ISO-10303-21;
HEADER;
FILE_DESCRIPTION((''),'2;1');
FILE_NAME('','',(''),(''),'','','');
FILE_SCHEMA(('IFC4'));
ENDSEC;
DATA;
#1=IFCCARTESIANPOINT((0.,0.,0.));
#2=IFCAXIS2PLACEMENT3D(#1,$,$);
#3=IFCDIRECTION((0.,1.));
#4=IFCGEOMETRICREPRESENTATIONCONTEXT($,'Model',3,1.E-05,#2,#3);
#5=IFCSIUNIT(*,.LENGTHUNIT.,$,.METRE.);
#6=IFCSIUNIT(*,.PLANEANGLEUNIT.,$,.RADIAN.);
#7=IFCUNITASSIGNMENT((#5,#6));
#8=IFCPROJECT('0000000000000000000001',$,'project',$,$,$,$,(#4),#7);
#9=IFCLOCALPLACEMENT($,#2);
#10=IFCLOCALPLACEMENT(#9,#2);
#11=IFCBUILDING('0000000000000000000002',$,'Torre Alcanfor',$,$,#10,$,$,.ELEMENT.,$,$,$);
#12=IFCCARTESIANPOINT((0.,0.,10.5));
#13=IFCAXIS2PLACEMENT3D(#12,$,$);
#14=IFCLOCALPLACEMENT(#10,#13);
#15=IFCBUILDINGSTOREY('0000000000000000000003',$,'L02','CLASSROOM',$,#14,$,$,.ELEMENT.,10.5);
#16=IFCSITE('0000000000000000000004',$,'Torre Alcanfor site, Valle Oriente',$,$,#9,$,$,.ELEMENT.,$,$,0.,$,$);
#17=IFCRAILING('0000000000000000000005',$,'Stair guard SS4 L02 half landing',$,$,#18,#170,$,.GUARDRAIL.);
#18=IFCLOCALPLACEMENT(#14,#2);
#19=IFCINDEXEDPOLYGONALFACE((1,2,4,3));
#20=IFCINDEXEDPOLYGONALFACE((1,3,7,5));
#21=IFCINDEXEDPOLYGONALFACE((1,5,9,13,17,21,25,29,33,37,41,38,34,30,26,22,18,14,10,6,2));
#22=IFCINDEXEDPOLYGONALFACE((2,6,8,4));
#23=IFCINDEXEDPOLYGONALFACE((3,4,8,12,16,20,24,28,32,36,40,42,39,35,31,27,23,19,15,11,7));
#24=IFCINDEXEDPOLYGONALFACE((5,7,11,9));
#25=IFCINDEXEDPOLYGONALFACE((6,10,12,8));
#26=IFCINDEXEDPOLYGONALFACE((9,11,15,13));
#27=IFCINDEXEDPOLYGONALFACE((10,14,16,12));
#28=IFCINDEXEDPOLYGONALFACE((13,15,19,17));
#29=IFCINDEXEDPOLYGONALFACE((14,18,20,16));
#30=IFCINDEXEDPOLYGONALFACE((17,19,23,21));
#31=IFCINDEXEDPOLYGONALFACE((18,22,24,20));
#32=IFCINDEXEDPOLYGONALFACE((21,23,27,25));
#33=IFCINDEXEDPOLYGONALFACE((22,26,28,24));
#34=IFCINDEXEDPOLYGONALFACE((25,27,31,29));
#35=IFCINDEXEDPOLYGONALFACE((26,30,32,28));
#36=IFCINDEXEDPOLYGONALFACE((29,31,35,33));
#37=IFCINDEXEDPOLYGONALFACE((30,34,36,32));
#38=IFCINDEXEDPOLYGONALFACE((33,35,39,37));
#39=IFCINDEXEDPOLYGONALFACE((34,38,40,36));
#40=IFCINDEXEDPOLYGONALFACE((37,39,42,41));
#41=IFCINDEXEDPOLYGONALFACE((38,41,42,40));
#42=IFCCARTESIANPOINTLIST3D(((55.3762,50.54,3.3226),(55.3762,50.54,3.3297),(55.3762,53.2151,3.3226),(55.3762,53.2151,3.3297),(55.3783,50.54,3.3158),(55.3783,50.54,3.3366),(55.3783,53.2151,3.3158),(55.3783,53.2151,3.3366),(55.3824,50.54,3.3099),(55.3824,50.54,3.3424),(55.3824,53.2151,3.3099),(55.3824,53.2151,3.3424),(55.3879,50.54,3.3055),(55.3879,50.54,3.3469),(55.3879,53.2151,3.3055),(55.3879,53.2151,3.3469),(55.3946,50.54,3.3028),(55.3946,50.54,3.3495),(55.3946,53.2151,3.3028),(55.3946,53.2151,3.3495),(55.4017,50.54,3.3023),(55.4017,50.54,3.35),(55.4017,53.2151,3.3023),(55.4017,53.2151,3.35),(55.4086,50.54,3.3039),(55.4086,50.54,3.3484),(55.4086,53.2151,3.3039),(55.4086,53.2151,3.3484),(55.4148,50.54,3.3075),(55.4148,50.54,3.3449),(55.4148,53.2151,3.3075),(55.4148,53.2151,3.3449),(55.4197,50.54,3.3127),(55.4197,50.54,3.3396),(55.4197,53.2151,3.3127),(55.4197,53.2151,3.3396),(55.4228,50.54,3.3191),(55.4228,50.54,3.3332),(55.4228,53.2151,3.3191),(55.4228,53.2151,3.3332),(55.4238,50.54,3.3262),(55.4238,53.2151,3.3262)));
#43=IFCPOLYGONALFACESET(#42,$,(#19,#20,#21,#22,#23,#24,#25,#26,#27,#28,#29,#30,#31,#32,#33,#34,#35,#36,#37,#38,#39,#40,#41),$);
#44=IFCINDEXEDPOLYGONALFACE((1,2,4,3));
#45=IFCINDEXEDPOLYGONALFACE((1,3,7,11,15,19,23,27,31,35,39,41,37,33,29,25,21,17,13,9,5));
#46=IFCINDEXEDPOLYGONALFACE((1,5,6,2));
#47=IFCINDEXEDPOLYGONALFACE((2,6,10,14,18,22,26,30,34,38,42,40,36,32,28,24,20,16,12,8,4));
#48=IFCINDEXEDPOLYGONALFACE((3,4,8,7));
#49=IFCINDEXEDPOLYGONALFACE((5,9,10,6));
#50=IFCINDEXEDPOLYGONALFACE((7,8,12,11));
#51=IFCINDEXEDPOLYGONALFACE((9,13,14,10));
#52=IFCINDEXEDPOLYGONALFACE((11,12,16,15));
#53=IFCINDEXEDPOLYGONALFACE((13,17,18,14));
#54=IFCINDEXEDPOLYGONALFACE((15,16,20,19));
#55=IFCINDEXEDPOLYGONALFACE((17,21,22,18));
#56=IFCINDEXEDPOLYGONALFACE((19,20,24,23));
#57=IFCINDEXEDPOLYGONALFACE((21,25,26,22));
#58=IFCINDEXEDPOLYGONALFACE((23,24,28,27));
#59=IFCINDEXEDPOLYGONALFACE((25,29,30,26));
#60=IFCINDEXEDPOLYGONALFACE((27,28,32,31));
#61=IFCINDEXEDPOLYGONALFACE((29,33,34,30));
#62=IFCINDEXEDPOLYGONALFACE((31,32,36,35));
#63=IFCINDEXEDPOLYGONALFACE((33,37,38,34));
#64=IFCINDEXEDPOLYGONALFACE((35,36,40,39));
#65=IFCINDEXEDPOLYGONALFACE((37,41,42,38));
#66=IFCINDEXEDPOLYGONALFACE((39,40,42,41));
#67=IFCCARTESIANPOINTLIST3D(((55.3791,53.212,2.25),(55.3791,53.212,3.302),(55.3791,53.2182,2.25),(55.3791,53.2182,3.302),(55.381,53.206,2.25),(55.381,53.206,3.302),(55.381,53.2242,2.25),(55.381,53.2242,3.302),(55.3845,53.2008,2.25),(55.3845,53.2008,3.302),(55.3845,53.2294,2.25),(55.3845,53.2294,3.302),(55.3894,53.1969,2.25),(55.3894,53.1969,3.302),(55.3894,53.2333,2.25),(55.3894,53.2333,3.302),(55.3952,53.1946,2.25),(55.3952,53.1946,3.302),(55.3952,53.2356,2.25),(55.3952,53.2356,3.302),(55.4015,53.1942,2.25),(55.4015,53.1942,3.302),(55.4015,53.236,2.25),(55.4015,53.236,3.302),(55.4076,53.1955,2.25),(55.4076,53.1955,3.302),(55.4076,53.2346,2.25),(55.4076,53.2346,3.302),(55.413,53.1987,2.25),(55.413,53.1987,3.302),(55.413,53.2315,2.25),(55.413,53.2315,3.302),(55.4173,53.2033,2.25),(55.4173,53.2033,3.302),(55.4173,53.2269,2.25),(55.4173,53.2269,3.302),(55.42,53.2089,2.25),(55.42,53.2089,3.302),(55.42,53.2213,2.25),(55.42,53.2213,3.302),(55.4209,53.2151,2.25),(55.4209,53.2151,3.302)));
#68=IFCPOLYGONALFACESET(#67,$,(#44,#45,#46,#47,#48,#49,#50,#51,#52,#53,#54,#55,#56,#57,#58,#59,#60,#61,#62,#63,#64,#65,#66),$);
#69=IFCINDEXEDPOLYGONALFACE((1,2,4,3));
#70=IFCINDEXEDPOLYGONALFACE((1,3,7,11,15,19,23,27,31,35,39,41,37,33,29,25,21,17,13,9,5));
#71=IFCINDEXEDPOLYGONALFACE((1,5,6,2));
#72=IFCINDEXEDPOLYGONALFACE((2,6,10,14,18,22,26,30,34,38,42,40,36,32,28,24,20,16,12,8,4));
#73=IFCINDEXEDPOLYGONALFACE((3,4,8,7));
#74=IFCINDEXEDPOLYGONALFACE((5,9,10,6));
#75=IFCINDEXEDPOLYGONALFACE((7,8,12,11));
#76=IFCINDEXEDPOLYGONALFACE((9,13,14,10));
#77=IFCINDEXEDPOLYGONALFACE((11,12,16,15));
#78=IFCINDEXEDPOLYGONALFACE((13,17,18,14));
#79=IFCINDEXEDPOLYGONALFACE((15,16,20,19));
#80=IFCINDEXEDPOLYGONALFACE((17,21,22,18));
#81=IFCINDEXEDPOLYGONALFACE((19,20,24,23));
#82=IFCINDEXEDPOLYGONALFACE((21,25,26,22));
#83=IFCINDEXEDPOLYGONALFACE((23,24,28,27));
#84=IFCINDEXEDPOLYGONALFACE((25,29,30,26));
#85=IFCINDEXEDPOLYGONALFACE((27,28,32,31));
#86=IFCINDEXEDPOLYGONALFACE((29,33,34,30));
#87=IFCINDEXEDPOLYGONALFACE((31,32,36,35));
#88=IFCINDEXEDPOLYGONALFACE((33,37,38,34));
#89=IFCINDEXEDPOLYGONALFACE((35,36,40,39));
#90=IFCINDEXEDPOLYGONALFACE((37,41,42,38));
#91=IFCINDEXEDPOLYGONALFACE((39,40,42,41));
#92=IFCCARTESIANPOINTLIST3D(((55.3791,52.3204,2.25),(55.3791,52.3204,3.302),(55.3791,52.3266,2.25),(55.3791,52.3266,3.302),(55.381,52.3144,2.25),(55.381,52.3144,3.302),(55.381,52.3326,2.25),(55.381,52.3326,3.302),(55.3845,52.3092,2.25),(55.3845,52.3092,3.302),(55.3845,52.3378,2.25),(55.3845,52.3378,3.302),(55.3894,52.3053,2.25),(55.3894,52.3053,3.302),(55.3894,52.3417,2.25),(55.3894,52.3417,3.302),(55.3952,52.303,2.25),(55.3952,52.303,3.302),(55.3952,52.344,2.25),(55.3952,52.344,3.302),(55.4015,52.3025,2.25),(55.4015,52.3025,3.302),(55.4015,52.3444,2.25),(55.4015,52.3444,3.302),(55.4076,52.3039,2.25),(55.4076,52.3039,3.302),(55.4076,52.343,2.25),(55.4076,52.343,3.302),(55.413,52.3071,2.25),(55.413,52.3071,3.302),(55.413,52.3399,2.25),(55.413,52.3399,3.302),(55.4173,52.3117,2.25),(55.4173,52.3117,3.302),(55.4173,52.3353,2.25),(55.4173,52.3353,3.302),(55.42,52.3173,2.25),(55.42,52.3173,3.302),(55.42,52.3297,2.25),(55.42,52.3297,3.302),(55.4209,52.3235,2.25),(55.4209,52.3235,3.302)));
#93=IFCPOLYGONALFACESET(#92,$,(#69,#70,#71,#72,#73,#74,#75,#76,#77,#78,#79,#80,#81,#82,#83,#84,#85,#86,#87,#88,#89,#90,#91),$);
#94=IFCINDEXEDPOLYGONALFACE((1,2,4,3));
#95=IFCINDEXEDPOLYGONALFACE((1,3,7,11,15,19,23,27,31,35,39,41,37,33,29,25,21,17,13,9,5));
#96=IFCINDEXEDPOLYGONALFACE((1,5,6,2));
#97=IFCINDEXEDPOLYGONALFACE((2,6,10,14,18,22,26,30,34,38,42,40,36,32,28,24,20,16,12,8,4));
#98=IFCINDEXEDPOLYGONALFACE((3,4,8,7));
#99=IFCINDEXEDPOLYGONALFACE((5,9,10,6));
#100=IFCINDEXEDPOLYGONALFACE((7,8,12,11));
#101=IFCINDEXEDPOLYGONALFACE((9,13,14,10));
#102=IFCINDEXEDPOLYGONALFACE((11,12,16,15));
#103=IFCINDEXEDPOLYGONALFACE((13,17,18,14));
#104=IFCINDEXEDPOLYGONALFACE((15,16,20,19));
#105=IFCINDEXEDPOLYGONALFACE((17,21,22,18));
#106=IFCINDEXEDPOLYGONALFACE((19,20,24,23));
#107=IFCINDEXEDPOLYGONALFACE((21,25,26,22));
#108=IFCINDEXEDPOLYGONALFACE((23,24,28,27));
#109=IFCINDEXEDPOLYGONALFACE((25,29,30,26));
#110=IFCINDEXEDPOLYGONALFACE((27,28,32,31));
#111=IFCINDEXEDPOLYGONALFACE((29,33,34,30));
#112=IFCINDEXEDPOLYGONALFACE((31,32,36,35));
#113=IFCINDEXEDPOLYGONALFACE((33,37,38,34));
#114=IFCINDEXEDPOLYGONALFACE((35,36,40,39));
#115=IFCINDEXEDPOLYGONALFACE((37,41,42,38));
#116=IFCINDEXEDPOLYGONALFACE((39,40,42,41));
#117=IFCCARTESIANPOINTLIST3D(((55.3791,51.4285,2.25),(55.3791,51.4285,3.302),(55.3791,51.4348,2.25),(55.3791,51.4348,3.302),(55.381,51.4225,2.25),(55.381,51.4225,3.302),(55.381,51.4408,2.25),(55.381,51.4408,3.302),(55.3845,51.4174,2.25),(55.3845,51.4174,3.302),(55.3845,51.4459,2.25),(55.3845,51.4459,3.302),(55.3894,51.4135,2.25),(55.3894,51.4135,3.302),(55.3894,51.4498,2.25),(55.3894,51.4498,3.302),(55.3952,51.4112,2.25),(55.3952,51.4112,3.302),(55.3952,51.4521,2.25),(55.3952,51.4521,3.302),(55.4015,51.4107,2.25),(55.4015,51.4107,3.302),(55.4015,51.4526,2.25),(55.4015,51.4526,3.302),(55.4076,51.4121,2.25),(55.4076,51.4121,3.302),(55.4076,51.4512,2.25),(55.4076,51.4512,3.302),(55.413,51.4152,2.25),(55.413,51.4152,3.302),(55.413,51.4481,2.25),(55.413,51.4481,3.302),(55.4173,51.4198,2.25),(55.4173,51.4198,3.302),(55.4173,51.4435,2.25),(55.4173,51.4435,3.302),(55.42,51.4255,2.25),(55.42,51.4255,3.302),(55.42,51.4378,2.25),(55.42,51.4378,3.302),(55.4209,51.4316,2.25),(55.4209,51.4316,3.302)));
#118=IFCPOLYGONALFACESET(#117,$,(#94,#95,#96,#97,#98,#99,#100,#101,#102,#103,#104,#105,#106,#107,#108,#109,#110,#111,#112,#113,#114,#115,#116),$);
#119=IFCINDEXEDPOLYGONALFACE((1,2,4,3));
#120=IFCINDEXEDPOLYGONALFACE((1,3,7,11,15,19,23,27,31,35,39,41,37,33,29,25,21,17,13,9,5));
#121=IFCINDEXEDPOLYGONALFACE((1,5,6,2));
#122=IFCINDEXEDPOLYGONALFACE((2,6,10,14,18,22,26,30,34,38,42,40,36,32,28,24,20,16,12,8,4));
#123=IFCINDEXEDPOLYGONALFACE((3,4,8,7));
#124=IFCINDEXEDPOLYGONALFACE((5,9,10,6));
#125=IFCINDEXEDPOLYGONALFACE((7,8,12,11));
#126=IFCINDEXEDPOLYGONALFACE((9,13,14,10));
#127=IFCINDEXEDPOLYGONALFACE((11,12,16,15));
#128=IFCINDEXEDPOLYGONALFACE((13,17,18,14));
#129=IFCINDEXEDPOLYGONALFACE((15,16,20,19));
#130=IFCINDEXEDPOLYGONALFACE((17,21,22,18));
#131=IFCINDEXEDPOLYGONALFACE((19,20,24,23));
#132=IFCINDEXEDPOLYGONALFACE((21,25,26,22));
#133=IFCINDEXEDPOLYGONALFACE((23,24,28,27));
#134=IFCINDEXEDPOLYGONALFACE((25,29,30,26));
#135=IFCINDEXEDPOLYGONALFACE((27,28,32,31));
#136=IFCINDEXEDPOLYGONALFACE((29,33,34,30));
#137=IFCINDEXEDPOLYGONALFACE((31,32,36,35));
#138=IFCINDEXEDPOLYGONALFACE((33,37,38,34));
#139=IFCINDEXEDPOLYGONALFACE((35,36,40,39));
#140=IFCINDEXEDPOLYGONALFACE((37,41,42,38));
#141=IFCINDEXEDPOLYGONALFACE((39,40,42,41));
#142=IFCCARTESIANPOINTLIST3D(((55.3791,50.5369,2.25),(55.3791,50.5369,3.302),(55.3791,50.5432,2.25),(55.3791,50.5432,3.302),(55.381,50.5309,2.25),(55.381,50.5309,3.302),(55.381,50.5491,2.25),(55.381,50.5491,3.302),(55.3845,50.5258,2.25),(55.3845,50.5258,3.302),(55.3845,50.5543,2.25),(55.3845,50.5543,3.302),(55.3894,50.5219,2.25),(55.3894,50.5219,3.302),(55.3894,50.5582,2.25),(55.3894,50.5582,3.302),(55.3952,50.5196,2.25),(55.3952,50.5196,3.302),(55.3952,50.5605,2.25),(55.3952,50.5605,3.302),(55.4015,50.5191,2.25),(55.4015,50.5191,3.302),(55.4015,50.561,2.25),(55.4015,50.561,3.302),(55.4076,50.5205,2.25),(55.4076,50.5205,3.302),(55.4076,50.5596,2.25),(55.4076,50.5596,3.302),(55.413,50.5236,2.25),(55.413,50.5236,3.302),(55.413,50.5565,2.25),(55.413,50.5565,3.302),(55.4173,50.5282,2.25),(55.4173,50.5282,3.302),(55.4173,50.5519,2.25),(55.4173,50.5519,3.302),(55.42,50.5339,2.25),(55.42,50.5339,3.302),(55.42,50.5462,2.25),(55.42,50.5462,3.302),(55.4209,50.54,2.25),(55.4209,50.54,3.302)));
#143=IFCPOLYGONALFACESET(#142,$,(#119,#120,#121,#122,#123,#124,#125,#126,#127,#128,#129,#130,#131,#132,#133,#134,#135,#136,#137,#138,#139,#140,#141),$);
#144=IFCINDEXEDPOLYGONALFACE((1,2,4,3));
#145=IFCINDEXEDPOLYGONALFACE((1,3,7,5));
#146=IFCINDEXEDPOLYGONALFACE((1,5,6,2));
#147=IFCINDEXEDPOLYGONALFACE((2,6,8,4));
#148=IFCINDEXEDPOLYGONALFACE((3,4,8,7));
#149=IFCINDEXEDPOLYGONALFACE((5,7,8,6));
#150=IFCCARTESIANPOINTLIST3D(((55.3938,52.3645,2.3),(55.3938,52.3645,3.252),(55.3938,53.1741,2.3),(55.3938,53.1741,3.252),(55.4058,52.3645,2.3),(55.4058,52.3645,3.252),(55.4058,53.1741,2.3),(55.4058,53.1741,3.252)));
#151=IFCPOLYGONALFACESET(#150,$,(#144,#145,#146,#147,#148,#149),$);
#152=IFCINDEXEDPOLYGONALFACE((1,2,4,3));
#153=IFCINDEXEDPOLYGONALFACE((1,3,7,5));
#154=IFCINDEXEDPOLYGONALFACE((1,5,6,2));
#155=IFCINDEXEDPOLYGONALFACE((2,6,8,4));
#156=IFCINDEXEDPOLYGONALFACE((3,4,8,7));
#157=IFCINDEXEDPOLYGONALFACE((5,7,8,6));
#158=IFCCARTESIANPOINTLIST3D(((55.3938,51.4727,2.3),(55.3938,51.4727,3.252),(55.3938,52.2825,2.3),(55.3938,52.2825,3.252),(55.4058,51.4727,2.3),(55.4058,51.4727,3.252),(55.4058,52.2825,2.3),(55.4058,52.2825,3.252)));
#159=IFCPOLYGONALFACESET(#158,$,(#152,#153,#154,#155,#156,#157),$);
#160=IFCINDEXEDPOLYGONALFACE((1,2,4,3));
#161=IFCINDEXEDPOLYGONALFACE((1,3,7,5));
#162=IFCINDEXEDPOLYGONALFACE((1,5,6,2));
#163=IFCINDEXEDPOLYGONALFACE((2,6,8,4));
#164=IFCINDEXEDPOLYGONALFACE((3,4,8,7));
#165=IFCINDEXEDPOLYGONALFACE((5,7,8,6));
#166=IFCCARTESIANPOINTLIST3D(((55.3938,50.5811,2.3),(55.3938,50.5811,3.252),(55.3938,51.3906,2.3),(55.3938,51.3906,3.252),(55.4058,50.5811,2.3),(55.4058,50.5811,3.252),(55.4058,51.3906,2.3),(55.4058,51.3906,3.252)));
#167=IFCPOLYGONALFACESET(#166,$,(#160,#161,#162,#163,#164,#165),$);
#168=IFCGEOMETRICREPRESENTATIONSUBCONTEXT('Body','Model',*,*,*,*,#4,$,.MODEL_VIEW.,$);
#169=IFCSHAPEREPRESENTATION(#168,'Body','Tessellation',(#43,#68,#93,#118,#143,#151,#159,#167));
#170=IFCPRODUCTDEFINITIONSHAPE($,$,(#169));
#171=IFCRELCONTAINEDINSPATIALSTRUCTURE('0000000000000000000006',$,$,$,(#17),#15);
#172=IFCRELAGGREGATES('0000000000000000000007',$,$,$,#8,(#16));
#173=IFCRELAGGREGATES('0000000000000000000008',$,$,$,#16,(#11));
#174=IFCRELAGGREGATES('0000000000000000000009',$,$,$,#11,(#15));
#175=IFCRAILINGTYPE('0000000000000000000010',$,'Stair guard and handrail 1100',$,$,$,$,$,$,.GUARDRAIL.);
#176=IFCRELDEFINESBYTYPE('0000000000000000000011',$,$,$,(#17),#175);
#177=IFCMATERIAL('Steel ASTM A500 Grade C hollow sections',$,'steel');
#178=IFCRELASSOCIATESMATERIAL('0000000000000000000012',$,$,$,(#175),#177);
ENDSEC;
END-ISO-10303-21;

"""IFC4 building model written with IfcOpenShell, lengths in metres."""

from ifc_helpers import new_model, si_unit, direction, frame, origin, origin_2d, place, context, subcontext, project, spatial, polyline, circle, outline, extrude, material, type_object, element, save


model = new_model("IFC4")

# Units and contexts
model_context = context("Model", 3, precision=1e-05, world=origin(), true_north=direction((0.0, 1.0)))
body_context = subcontext(model_context, "Body", "Model", "MODEL_VIEW")
ifc_project = project(units=[si_unit("LENGTHUNIT", "METRE"), si_unit("PLANEANGLEUNIT", "RADIAN")], contexts=[model_context])

# Site, building, storey
site_placement = place(None, origin())
site = spatial("IfcSite", under=ifc_project, at=site_placement, Name="Torre Alcanfor site, Valle Oriente", CompositionType="ELEMENT", RefElevation=0.0)
building_placement = place(site_placement, origin())
building = spatial("IfcBuilding", under=site, at=building_placement, Name="Torre Alcanfor", CompositionType="ELEMENT")
storey_placement = place(building_placement, frame((0.0, 0.0, 10.5)))
storey = spatial("IfcBuildingStorey", under=building, at=storey_placement, Name="L02", Description="CLASSROOM", CompositionType="ELEMENT", Elevation=10.5)

# Railing
ifc_material_1 = material(Name="Steel ASTM A500 Grade C hollow sections", Category="steel")
railing_type_1 = type_object("IfcRailingType", Name="Stair guard and handrail 1100", PredefinedType="GUARDRAIL", material=ifc_material_1)
railing_1_placement = place(storey_placement, frame((55.3999, 53.2151, 2.25)))
element("IfcRailing", 1, at=railing_1_placement, inside=storey, type_object=railing_type_1, Name="Stair guard SS4 L02 half landing", PredefinedType="GUARDRAIL", context=body_context, shape_type="SweptSolid", body=[
    extrude(circle(Radius=0.0239, at=origin_2d()), frame((0.0, 0.0, 1.0762), z_axis=(0.0, -1.0, 0.0), x_axis=(1.0, 0.0, 0.0)), (0.0, 0.0, 1.0), 2.675),
    extrude(circle(Radius=0.021, at=origin_2d()), origin(), (0.0, 0.0, 1.0), 1.052),
    extrude(circle(Radius=0.021, at=origin_2d()), frame((0.0, -0.8916, 0.0)), (0.0, 0.0, 1.0), 1.052),
    extrude(circle(Radius=0.021, at=origin_2d()), frame((0.0, -1.7834, 0.0)), (0.0, 0.0, 1.0), 1.052),
    extrude(circle(Radius=0.021, at=origin_2d()), frame((0.0, -2.675, 0.0)), (0.0, 0.0, 1.0), 1.052),
    extrude(outline(polyline([(0.041, 0.05), (0.8506, 0.05), (0.8506, 1.002), (0.041, 1.002), (0.041, 0.05)])), frame((0.0059, 0.0, 0.0), z_axis=(-1.0, 0.0, 0.0), x_axis=(0.0, -1.0, 0.0)), (0.0, 0.0, 1.0), 0.012),
    extrude(outline(polyline([(0.9326, 0.05), (1.7424, 0.05), (1.7424, 1.002), (0.9326, 1.002), (0.9326, 0.05)])), frame((0.0059, 0.0, 0.0), z_axis=(-1.0, 0.0, 0.0), x_axis=(0.0, -1.0, 0.0)), (0.0, 0.0, 1.0), 0.012),
    extrude(outline(polyline([(1.8245, 0.05), (2.634, 0.05), (2.634, 1.002), (1.8245, 1.002), (1.8245, 0.05)])), frame((0.0059, 0.0, 0.0), z_axis=(-1.0, 0.0, 0.0), x_axis=(0.0, -1.0, 0.0)), (0.0, 0.0, 1.0), 0.012),
])

save(model, "model.ifc")
